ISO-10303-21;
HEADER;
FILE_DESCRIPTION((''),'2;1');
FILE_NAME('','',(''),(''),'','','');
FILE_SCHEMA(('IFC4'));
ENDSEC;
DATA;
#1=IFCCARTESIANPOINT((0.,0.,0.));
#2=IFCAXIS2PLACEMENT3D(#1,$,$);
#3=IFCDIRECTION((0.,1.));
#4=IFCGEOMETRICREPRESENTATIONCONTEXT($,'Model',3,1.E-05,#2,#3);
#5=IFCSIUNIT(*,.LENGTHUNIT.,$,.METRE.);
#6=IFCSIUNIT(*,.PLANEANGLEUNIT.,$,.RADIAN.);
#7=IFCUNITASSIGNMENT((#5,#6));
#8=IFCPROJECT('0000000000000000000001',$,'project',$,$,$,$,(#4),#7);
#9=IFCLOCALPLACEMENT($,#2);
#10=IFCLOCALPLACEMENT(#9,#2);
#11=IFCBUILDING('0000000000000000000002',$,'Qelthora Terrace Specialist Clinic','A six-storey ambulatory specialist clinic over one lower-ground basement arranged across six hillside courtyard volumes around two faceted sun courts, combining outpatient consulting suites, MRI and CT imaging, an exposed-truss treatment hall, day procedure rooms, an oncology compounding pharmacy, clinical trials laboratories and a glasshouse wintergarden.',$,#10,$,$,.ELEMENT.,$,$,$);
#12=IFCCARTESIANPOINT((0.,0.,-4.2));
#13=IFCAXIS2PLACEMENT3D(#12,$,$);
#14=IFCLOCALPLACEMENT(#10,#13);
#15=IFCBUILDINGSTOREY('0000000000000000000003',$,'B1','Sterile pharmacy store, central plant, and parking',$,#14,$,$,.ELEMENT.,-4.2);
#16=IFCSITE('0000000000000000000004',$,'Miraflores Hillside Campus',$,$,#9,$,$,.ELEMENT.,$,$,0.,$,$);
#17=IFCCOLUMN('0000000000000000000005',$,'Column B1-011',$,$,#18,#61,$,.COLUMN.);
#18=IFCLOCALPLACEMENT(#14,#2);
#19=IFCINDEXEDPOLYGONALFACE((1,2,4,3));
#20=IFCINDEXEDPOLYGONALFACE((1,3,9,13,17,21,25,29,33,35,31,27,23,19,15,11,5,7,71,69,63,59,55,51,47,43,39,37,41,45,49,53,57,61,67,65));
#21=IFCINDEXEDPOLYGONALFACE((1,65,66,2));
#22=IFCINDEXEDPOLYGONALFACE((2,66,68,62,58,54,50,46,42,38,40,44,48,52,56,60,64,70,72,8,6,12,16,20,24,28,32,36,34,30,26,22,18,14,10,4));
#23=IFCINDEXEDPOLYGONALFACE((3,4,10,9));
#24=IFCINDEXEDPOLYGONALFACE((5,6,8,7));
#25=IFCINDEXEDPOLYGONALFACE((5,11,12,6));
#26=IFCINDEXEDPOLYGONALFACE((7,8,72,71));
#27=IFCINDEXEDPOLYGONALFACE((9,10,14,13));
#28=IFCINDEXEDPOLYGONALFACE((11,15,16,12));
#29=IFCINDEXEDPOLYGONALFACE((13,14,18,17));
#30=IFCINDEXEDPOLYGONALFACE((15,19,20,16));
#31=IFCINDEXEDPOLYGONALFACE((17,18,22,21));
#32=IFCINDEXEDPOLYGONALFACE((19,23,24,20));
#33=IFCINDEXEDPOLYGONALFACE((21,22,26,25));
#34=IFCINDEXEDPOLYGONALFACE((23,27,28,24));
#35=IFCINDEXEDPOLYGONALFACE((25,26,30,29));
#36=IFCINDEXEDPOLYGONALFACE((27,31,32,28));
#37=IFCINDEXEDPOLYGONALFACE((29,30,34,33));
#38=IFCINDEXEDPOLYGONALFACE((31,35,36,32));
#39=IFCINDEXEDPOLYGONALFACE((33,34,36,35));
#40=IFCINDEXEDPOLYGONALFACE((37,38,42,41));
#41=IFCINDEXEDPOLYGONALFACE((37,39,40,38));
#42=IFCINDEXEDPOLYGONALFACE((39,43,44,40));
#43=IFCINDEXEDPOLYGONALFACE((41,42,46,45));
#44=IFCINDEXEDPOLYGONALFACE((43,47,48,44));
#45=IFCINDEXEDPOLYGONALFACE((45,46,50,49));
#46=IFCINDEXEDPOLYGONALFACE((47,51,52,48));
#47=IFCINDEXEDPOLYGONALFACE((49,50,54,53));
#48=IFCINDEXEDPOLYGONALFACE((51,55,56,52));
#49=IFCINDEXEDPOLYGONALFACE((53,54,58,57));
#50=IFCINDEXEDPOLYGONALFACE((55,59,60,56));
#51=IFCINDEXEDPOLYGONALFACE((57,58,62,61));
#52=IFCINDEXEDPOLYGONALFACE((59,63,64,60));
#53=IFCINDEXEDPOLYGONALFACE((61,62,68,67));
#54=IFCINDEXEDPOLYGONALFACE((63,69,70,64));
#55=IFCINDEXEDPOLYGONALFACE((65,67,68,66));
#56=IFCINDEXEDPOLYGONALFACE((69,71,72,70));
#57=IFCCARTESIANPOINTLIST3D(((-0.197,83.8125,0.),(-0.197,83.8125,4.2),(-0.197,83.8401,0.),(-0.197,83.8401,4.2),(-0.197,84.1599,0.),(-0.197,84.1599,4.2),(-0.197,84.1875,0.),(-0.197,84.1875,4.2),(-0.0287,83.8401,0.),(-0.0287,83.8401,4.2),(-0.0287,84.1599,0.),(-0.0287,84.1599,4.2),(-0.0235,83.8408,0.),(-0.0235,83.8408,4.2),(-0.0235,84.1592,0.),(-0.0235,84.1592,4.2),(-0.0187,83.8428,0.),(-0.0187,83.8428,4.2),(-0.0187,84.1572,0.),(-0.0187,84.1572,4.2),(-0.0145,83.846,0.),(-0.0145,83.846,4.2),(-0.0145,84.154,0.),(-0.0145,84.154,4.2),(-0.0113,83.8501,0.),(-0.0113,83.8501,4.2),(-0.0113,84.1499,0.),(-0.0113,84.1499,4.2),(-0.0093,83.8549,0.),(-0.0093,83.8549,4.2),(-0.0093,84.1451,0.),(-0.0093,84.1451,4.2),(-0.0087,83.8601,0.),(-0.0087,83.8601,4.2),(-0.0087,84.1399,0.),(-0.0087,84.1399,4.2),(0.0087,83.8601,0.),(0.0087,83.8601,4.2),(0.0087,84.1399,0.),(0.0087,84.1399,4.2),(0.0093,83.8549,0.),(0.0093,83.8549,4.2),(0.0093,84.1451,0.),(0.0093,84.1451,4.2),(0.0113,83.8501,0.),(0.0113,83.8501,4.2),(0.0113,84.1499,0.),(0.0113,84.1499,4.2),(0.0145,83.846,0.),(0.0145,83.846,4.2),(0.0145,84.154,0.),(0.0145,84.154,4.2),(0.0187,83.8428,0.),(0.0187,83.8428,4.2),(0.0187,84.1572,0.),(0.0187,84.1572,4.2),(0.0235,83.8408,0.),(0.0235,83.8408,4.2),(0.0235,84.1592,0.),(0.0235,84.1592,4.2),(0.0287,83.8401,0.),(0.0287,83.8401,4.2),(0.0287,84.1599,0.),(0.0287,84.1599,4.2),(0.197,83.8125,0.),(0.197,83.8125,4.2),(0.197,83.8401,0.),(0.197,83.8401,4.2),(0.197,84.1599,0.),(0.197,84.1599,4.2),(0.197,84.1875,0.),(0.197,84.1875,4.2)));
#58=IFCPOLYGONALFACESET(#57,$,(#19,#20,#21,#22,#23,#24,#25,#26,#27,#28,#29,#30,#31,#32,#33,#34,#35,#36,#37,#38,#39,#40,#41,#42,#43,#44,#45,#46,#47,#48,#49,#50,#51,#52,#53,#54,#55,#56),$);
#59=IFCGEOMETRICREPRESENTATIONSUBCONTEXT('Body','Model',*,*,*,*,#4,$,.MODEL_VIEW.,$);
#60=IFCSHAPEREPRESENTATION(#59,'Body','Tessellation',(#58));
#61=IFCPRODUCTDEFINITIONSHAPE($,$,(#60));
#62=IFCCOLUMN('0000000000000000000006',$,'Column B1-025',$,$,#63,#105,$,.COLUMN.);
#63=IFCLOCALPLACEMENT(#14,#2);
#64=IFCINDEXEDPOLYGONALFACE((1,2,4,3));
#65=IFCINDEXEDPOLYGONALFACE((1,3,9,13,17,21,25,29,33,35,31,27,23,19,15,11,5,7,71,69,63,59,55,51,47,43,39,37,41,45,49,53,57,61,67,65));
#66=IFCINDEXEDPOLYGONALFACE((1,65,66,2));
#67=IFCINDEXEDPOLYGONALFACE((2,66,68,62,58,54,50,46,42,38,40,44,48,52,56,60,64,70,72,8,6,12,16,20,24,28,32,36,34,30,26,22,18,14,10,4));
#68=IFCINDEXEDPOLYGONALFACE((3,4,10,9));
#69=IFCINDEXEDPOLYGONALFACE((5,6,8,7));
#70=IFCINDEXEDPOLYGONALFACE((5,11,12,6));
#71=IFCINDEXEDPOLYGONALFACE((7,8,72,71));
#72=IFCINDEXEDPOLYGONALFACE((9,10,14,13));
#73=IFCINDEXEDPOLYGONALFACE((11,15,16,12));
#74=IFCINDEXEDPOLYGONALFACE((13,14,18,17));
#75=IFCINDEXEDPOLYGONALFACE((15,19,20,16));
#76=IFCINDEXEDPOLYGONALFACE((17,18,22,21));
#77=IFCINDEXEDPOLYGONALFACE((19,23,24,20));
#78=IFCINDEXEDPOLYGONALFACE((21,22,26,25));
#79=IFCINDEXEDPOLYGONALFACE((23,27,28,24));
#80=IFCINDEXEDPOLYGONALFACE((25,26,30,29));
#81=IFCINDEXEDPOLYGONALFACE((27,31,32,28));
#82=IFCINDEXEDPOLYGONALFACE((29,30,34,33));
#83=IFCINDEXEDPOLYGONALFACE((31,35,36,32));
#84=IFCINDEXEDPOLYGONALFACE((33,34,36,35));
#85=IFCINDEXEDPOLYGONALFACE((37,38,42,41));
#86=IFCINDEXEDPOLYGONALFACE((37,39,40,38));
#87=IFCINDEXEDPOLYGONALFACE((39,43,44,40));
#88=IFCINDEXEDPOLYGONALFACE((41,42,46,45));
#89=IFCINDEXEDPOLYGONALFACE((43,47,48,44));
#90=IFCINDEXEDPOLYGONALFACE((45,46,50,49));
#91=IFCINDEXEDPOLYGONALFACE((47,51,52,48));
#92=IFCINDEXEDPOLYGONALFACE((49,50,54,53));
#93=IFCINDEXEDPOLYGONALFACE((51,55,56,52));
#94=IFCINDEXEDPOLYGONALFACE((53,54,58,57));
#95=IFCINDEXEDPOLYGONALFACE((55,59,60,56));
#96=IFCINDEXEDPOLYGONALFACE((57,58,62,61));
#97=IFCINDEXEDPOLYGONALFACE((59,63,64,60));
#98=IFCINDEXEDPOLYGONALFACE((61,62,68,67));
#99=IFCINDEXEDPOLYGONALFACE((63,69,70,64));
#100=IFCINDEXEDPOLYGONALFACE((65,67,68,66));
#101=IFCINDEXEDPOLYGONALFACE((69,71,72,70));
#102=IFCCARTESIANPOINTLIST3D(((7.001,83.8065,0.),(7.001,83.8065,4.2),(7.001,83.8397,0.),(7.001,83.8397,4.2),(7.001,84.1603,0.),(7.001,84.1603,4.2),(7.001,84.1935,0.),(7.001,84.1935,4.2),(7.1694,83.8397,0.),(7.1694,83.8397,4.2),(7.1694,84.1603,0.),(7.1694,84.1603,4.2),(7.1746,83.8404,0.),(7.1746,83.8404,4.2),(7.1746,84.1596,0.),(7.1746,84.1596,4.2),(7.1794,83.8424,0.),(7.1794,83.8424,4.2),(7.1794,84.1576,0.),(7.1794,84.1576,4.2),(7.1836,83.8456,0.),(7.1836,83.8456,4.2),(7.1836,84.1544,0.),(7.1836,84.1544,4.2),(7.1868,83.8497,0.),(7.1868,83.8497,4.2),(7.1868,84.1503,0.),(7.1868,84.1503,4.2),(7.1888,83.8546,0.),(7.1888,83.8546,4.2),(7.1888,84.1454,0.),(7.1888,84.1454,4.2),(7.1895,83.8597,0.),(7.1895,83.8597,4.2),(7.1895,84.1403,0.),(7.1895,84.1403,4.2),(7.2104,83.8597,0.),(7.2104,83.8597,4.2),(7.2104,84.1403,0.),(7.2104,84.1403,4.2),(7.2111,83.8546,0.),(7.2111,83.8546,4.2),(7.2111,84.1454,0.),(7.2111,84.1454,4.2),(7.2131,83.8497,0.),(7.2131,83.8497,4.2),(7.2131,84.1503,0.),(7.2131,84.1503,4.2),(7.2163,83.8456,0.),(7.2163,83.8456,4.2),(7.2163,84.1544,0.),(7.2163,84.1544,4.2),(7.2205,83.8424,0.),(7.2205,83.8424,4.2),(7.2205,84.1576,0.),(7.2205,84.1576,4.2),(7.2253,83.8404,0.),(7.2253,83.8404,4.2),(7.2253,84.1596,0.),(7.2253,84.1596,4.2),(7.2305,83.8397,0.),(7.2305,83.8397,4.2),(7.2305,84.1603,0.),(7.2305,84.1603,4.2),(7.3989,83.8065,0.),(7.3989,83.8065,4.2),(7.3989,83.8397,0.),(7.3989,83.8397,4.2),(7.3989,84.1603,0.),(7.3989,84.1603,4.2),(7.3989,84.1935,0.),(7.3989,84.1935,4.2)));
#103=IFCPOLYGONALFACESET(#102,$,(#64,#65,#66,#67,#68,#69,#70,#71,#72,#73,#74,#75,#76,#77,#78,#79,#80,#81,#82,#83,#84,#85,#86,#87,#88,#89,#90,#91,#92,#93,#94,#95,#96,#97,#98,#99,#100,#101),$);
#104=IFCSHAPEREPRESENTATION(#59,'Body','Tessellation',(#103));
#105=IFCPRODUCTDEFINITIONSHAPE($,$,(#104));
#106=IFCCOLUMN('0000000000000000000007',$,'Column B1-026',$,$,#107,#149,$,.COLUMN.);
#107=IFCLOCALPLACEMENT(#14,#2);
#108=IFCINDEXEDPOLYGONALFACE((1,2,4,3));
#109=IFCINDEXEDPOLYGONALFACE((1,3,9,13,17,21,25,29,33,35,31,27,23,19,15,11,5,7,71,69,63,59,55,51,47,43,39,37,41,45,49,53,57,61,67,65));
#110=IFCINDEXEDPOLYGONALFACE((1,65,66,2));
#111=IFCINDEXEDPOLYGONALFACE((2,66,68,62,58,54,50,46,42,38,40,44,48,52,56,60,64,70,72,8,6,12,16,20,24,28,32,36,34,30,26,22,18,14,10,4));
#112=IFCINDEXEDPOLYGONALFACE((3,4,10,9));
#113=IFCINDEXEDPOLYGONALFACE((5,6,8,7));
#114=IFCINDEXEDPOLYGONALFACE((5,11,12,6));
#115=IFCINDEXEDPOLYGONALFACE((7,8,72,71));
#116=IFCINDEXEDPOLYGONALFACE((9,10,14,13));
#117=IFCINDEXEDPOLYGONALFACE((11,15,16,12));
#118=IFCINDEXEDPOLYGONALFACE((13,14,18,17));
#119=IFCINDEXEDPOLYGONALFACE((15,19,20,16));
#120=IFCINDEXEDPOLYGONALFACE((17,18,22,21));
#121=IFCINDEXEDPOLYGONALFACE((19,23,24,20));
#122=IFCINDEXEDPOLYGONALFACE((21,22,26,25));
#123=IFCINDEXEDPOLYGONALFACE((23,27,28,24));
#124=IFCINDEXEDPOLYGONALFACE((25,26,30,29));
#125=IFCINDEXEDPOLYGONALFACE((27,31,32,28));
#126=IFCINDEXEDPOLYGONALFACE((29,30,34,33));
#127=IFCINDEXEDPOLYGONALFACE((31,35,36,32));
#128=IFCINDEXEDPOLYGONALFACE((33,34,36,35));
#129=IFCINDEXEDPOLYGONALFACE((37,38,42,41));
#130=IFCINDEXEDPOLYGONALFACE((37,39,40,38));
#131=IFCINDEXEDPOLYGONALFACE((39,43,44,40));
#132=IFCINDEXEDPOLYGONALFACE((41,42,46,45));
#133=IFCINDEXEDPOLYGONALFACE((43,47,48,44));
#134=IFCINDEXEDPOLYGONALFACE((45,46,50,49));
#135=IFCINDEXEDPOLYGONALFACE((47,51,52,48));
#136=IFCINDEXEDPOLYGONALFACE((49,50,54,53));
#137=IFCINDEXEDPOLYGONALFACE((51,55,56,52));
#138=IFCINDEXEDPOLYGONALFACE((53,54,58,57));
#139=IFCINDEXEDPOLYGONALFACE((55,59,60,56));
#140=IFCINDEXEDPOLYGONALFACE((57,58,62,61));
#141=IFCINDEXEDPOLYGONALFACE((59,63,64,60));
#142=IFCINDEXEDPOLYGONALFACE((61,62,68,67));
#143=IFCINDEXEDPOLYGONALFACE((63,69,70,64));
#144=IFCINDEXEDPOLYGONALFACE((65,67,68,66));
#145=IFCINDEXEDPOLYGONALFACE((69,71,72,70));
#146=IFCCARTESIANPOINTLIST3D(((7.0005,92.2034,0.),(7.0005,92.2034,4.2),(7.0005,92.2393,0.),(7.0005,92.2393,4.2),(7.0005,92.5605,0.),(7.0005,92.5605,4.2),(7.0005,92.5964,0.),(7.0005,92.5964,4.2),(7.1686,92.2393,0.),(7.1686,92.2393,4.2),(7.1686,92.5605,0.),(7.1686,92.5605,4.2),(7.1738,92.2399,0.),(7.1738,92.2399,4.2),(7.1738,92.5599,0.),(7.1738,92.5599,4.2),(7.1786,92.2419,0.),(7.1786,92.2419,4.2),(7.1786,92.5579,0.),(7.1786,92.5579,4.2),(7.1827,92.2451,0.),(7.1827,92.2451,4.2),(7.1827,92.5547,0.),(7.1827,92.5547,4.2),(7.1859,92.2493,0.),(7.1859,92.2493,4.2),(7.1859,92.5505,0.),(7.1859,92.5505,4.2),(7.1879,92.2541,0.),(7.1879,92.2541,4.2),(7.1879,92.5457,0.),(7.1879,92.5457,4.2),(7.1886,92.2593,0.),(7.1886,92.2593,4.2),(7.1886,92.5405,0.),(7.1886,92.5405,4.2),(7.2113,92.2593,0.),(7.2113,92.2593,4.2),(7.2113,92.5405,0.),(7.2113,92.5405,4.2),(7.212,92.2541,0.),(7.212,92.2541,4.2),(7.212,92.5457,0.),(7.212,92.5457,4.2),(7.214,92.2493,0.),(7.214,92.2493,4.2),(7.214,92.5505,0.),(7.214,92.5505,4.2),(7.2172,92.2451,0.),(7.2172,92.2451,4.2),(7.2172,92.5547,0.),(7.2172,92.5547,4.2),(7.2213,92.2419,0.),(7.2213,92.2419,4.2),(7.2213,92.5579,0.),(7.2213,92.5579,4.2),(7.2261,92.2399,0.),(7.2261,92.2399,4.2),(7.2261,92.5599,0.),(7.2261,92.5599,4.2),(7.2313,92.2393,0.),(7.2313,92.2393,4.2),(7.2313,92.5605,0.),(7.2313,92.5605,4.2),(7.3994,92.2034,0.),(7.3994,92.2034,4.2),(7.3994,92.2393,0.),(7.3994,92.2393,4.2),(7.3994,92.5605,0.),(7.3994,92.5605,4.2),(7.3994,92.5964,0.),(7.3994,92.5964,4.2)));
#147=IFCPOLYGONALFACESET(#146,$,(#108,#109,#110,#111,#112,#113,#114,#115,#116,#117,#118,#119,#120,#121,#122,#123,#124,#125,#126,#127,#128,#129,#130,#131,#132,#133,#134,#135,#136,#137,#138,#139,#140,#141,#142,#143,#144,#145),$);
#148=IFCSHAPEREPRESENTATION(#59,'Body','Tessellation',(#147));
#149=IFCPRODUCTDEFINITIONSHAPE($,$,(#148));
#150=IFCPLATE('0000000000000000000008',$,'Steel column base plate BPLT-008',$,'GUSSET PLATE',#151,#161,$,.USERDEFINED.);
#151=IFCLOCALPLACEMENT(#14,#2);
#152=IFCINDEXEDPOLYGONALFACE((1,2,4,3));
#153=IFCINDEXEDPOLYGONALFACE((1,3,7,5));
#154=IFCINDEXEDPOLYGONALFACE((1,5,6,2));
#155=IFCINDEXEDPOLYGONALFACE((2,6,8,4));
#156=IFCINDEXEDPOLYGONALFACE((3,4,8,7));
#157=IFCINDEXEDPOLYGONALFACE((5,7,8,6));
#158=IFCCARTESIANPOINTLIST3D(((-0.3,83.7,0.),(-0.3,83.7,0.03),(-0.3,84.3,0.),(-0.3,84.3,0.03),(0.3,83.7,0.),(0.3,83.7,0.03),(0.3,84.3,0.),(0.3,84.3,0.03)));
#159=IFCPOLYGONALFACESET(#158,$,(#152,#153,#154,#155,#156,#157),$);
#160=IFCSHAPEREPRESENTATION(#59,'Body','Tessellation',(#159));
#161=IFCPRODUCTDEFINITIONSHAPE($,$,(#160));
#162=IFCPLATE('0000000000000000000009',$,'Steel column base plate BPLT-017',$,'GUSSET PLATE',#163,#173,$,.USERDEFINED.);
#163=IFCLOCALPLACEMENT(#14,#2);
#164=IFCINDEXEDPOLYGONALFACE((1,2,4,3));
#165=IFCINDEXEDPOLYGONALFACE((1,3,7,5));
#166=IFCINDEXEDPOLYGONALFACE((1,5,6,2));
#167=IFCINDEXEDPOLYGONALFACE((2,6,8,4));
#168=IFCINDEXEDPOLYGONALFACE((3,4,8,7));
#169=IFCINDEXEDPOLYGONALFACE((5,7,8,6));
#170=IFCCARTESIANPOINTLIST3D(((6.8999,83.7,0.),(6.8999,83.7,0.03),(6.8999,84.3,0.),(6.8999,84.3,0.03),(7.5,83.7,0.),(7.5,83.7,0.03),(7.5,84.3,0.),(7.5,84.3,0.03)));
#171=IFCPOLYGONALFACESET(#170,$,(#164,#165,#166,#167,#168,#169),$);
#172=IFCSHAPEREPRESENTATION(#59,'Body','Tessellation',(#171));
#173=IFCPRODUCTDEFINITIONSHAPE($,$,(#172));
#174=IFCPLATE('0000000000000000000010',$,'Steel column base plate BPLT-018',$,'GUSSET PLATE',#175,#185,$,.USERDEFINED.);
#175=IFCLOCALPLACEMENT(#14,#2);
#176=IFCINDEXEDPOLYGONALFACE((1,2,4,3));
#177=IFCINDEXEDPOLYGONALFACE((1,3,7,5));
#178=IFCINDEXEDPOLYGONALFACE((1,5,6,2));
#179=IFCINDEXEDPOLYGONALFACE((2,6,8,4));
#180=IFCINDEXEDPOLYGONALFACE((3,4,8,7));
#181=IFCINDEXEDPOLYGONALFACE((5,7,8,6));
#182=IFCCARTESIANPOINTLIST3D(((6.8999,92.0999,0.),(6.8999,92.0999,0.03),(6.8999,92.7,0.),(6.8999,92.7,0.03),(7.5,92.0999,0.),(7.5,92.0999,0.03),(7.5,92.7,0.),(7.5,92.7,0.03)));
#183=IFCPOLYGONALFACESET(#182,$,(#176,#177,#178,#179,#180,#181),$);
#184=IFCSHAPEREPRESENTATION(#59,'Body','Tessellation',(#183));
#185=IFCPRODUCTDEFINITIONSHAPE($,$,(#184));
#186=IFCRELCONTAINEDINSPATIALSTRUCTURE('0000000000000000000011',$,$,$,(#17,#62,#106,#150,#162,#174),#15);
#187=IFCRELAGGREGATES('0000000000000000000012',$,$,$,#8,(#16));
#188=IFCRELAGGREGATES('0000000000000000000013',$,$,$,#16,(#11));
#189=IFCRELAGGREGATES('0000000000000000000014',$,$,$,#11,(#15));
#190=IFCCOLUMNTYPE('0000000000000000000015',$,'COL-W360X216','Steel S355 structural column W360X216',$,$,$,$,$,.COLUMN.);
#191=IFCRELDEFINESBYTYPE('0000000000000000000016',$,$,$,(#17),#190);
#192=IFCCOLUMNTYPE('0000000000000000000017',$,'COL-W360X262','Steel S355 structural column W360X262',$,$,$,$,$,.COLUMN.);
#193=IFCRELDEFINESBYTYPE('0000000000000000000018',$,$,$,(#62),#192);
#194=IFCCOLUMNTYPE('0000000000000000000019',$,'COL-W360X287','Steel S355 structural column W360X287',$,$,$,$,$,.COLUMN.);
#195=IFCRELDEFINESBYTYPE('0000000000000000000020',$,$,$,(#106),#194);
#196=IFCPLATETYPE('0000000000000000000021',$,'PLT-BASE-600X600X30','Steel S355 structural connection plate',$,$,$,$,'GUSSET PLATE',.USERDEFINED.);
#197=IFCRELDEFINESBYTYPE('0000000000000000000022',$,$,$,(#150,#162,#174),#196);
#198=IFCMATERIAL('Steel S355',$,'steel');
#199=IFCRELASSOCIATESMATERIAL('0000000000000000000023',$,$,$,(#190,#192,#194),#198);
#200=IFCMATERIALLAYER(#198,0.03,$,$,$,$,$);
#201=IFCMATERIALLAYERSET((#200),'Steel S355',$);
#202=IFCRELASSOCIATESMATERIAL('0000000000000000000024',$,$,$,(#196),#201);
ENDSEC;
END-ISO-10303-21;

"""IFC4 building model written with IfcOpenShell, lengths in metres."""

from ifc_helpers import new_model, si_unit, direction, frame, origin, origin_2d, place, context, subcontext, project, spatial, rectangle, i_section, extrude, material, layer, layer_set, material_profile, profile_set, type_object, element, save


model = new_model("IFC4")

# Units and contexts
model_context = context("Model", 3, precision=1e-05, world=origin(), true_north=direction((0.0, 1.0)))
body_context = subcontext(model_context, "Body", "Model", "MODEL_VIEW")
ifc_project = project(units=[si_unit("LENGTHUNIT", "METRE"), si_unit("PLANEANGLEUNIT", "RADIAN")], contexts=[model_context])

# Site, building, storey
site_placement = place(None, origin())
site = spatial("IfcSite", under=ifc_project, at=site_placement, Name="Miraflores Hillside Campus", CompositionType="ELEMENT", RefElevation=0.0)
building_placement = place(site_placement, origin())
building = spatial("IfcBuilding", under=site, at=building_placement, Name="Qelthora Terrace Specialist Clinic", Description="A six-storey ambulatory specialist clinic over one lower-ground basement arranged across six hillside courtyard volumes around two faceted sun courts, combining outpatient consulting suites, MRI and CT imaging, an exposed-truss treatment hall, day procedure rooms, an oncology compounding pharmacy, clinical trials laboratories and a glasshouse wintergarden.", CompositionType="ELEMENT")
storey_placement = place(building_placement, frame((0.0, 0.0, -4.2)))
storey = spatial("IfcBuildingStorey", under=building, at=storey_placement, Name="B1", Description="Sterile pharmacy store, central plant, and parking", CompositionType="ELEMENT", Elevation=-4.2)

# Columns
ifc_material_1 = material(Name="Steel S355", Category="steel")
ifc_material_profile_1 = material_profile(ifc_material_1, i_section(OverallWidth=0.394, OverallDepth=0.375, WebThickness=0.0173, FlangeThickness=0.0276, FilletRadius=0.02, at=origin_2d()), Name="W360X216")
ifc_profile_set_1 = profile_set([ifc_material_profile_1], Name="Steel S355")
column_type_1 = type_object("IfcColumnType", Name="COL-W360X216", Description="Steel S355 structural column W360X216", PredefinedType="COLUMN", material=ifc_profile_set_1)
column_1_placement = place(storey_placement, frame((0.0, 84.0, 0.0), z_axis=(0.0, 0.0, 1.0), x_axis=(1.0, 0.0, 0.0)))
element("IfcColumn", 1, at=column_1_placement, inside=storey, type_object=column_type_1, Name="Column B1-011", PredefinedType="COLUMN", context=body_context, shape_type="SweptSolid", body=[
    extrude(i_section(OverallWidth=0.394, OverallDepth=0.375, WebThickness=0.0173, FlangeThickness=0.0276, FilletRadius=0.02, at=origin_2d()), origin(), (0.0, 0.0, 1.0), 4.2),
])
ifc_material_profile_2 = material_profile(ifc_material_1, i_section(OverallWidth=0.3979, OverallDepth=0.387, WebThickness=0.021, FlangeThickness=0.0332, FilletRadius=0.02, at=origin_2d()), Name="W360X262")
ifc_profile_set_2 = profile_set([ifc_material_profile_2], Name="Steel S355")
column_type_2 = type_object("IfcColumnType", Name="COL-W360X262", Description="Steel S355 structural column W360X262", PredefinedType="COLUMN", material=ifc_profile_set_2)
column_2_placement = place(storey_placement, frame((7.2, 84.0, 0.0), z_axis=(0.0, 0.0, 1.0), x_axis=(1.0, 0.0, 0.0)))
element("IfcColumn", 2, at=column_2_placement, inside=storey, type_object=column_type_2, Name="Column B1-025", PredefinedType="COLUMN", context=body_context, shape_type="SweptSolid", body=[
    extrude(i_section(OverallWidth=0.3979, OverallDepth=0.387, WebThickness=0.021, FlangeThickness=0.0332, FilletRadius=0.02, at=origin_2d()), origin(), (0.0, 0.0, 1.0), 4.2),
])
ifc_material_profile_3 = material_profile(ifc_material_1, i_section(OverallWidth=0.3989, OverallDepth=0.3931, WebThickness=0.0227, FlangeThickness=0.0359, FilletRadius=0.02, at=origin_2d()), Name="W360X287")
ifc_profile_set_3 = profile_set([ifc_material_profile_3], Name="Steel S355")
column_type_3 = type_object("IfcColumnType", Name="COL-W360X287", Description="Steel S355 structural column W360X287", PredefinedType="COLUMN", material=ifc_profile_set_3)
column_3_placement = place(storey_placement, frame((7.2, 92.3999, 0.0), z_axis=(0.0, 0.0, 1.0), x_axis=(1.0, 0.0, 0.0)))
element("IfcColumn", 3, at=column_3_placement, inside=storey, type_object=column_type_3, Name="Column B1-026", PredefinedType="COLUMN", context=body_context, shape_type="SweptSolid", body=[
    extrude(i_section(OverallWidth=0.3989, OverallDepth=0.3931, WebThickness=0.0227, FlangeThickness=0.0359, FilletRadius=0.02, at=origin_2d()), origin(), (0.0, 0.0, 1.0), 4.2),
])

# Plates
ifc_layer_1 = layer(ifc_material_1, 0.03)
ifc_layer_set_1 = layer_set([ifc_layer_1], Name="Steel S355")
plate_type = type_object("IfcPlateType", Name="PLT-BASE-600X600X30", Description="Steel S355 structural connection plate", ElementType="GUSSET PLATE", PredefinedType="USERDEFINED", material=ifc_layer_set_1)
for number, where, z_axis, x_axis, name in (
    (4, (0.0, 84.0, 0.0), (0.0, 0.0, 1.0), (1.0, 0.0, 0.0), "Steel column base plate BPLT-008"),
    (5, (7.2, 84.0, 0.0), (0.0, 0.0, 1.0), (1.0, 0.0, 0.0), "Steel column base plate BPLT-017"),
    (6, (7.2, 92.3999, 0.0), (0.0, 0.0, 1.0), (1.0, 0.0, 0.0), "Steel column base plate BPLT-018"),
):
    element("IfcPlate", number, at=place(storey_placement, frame(where, z_axis=z_axis, x_axis=x_axis)), inside=storey, type_object=plate_type, Name=name, ObjectType="GUSSET PLATE", PredefinedType="USERDEFINED", context=body_context, shape_type="SweptSolid", body=[
        extrude(rectangle(XDim=0.6001, YDim=0.6001, at=origin_2d()), origin(), (0.0, 0.0, 1.0), 0.03),
    ])

save(model, "model.ifc")
